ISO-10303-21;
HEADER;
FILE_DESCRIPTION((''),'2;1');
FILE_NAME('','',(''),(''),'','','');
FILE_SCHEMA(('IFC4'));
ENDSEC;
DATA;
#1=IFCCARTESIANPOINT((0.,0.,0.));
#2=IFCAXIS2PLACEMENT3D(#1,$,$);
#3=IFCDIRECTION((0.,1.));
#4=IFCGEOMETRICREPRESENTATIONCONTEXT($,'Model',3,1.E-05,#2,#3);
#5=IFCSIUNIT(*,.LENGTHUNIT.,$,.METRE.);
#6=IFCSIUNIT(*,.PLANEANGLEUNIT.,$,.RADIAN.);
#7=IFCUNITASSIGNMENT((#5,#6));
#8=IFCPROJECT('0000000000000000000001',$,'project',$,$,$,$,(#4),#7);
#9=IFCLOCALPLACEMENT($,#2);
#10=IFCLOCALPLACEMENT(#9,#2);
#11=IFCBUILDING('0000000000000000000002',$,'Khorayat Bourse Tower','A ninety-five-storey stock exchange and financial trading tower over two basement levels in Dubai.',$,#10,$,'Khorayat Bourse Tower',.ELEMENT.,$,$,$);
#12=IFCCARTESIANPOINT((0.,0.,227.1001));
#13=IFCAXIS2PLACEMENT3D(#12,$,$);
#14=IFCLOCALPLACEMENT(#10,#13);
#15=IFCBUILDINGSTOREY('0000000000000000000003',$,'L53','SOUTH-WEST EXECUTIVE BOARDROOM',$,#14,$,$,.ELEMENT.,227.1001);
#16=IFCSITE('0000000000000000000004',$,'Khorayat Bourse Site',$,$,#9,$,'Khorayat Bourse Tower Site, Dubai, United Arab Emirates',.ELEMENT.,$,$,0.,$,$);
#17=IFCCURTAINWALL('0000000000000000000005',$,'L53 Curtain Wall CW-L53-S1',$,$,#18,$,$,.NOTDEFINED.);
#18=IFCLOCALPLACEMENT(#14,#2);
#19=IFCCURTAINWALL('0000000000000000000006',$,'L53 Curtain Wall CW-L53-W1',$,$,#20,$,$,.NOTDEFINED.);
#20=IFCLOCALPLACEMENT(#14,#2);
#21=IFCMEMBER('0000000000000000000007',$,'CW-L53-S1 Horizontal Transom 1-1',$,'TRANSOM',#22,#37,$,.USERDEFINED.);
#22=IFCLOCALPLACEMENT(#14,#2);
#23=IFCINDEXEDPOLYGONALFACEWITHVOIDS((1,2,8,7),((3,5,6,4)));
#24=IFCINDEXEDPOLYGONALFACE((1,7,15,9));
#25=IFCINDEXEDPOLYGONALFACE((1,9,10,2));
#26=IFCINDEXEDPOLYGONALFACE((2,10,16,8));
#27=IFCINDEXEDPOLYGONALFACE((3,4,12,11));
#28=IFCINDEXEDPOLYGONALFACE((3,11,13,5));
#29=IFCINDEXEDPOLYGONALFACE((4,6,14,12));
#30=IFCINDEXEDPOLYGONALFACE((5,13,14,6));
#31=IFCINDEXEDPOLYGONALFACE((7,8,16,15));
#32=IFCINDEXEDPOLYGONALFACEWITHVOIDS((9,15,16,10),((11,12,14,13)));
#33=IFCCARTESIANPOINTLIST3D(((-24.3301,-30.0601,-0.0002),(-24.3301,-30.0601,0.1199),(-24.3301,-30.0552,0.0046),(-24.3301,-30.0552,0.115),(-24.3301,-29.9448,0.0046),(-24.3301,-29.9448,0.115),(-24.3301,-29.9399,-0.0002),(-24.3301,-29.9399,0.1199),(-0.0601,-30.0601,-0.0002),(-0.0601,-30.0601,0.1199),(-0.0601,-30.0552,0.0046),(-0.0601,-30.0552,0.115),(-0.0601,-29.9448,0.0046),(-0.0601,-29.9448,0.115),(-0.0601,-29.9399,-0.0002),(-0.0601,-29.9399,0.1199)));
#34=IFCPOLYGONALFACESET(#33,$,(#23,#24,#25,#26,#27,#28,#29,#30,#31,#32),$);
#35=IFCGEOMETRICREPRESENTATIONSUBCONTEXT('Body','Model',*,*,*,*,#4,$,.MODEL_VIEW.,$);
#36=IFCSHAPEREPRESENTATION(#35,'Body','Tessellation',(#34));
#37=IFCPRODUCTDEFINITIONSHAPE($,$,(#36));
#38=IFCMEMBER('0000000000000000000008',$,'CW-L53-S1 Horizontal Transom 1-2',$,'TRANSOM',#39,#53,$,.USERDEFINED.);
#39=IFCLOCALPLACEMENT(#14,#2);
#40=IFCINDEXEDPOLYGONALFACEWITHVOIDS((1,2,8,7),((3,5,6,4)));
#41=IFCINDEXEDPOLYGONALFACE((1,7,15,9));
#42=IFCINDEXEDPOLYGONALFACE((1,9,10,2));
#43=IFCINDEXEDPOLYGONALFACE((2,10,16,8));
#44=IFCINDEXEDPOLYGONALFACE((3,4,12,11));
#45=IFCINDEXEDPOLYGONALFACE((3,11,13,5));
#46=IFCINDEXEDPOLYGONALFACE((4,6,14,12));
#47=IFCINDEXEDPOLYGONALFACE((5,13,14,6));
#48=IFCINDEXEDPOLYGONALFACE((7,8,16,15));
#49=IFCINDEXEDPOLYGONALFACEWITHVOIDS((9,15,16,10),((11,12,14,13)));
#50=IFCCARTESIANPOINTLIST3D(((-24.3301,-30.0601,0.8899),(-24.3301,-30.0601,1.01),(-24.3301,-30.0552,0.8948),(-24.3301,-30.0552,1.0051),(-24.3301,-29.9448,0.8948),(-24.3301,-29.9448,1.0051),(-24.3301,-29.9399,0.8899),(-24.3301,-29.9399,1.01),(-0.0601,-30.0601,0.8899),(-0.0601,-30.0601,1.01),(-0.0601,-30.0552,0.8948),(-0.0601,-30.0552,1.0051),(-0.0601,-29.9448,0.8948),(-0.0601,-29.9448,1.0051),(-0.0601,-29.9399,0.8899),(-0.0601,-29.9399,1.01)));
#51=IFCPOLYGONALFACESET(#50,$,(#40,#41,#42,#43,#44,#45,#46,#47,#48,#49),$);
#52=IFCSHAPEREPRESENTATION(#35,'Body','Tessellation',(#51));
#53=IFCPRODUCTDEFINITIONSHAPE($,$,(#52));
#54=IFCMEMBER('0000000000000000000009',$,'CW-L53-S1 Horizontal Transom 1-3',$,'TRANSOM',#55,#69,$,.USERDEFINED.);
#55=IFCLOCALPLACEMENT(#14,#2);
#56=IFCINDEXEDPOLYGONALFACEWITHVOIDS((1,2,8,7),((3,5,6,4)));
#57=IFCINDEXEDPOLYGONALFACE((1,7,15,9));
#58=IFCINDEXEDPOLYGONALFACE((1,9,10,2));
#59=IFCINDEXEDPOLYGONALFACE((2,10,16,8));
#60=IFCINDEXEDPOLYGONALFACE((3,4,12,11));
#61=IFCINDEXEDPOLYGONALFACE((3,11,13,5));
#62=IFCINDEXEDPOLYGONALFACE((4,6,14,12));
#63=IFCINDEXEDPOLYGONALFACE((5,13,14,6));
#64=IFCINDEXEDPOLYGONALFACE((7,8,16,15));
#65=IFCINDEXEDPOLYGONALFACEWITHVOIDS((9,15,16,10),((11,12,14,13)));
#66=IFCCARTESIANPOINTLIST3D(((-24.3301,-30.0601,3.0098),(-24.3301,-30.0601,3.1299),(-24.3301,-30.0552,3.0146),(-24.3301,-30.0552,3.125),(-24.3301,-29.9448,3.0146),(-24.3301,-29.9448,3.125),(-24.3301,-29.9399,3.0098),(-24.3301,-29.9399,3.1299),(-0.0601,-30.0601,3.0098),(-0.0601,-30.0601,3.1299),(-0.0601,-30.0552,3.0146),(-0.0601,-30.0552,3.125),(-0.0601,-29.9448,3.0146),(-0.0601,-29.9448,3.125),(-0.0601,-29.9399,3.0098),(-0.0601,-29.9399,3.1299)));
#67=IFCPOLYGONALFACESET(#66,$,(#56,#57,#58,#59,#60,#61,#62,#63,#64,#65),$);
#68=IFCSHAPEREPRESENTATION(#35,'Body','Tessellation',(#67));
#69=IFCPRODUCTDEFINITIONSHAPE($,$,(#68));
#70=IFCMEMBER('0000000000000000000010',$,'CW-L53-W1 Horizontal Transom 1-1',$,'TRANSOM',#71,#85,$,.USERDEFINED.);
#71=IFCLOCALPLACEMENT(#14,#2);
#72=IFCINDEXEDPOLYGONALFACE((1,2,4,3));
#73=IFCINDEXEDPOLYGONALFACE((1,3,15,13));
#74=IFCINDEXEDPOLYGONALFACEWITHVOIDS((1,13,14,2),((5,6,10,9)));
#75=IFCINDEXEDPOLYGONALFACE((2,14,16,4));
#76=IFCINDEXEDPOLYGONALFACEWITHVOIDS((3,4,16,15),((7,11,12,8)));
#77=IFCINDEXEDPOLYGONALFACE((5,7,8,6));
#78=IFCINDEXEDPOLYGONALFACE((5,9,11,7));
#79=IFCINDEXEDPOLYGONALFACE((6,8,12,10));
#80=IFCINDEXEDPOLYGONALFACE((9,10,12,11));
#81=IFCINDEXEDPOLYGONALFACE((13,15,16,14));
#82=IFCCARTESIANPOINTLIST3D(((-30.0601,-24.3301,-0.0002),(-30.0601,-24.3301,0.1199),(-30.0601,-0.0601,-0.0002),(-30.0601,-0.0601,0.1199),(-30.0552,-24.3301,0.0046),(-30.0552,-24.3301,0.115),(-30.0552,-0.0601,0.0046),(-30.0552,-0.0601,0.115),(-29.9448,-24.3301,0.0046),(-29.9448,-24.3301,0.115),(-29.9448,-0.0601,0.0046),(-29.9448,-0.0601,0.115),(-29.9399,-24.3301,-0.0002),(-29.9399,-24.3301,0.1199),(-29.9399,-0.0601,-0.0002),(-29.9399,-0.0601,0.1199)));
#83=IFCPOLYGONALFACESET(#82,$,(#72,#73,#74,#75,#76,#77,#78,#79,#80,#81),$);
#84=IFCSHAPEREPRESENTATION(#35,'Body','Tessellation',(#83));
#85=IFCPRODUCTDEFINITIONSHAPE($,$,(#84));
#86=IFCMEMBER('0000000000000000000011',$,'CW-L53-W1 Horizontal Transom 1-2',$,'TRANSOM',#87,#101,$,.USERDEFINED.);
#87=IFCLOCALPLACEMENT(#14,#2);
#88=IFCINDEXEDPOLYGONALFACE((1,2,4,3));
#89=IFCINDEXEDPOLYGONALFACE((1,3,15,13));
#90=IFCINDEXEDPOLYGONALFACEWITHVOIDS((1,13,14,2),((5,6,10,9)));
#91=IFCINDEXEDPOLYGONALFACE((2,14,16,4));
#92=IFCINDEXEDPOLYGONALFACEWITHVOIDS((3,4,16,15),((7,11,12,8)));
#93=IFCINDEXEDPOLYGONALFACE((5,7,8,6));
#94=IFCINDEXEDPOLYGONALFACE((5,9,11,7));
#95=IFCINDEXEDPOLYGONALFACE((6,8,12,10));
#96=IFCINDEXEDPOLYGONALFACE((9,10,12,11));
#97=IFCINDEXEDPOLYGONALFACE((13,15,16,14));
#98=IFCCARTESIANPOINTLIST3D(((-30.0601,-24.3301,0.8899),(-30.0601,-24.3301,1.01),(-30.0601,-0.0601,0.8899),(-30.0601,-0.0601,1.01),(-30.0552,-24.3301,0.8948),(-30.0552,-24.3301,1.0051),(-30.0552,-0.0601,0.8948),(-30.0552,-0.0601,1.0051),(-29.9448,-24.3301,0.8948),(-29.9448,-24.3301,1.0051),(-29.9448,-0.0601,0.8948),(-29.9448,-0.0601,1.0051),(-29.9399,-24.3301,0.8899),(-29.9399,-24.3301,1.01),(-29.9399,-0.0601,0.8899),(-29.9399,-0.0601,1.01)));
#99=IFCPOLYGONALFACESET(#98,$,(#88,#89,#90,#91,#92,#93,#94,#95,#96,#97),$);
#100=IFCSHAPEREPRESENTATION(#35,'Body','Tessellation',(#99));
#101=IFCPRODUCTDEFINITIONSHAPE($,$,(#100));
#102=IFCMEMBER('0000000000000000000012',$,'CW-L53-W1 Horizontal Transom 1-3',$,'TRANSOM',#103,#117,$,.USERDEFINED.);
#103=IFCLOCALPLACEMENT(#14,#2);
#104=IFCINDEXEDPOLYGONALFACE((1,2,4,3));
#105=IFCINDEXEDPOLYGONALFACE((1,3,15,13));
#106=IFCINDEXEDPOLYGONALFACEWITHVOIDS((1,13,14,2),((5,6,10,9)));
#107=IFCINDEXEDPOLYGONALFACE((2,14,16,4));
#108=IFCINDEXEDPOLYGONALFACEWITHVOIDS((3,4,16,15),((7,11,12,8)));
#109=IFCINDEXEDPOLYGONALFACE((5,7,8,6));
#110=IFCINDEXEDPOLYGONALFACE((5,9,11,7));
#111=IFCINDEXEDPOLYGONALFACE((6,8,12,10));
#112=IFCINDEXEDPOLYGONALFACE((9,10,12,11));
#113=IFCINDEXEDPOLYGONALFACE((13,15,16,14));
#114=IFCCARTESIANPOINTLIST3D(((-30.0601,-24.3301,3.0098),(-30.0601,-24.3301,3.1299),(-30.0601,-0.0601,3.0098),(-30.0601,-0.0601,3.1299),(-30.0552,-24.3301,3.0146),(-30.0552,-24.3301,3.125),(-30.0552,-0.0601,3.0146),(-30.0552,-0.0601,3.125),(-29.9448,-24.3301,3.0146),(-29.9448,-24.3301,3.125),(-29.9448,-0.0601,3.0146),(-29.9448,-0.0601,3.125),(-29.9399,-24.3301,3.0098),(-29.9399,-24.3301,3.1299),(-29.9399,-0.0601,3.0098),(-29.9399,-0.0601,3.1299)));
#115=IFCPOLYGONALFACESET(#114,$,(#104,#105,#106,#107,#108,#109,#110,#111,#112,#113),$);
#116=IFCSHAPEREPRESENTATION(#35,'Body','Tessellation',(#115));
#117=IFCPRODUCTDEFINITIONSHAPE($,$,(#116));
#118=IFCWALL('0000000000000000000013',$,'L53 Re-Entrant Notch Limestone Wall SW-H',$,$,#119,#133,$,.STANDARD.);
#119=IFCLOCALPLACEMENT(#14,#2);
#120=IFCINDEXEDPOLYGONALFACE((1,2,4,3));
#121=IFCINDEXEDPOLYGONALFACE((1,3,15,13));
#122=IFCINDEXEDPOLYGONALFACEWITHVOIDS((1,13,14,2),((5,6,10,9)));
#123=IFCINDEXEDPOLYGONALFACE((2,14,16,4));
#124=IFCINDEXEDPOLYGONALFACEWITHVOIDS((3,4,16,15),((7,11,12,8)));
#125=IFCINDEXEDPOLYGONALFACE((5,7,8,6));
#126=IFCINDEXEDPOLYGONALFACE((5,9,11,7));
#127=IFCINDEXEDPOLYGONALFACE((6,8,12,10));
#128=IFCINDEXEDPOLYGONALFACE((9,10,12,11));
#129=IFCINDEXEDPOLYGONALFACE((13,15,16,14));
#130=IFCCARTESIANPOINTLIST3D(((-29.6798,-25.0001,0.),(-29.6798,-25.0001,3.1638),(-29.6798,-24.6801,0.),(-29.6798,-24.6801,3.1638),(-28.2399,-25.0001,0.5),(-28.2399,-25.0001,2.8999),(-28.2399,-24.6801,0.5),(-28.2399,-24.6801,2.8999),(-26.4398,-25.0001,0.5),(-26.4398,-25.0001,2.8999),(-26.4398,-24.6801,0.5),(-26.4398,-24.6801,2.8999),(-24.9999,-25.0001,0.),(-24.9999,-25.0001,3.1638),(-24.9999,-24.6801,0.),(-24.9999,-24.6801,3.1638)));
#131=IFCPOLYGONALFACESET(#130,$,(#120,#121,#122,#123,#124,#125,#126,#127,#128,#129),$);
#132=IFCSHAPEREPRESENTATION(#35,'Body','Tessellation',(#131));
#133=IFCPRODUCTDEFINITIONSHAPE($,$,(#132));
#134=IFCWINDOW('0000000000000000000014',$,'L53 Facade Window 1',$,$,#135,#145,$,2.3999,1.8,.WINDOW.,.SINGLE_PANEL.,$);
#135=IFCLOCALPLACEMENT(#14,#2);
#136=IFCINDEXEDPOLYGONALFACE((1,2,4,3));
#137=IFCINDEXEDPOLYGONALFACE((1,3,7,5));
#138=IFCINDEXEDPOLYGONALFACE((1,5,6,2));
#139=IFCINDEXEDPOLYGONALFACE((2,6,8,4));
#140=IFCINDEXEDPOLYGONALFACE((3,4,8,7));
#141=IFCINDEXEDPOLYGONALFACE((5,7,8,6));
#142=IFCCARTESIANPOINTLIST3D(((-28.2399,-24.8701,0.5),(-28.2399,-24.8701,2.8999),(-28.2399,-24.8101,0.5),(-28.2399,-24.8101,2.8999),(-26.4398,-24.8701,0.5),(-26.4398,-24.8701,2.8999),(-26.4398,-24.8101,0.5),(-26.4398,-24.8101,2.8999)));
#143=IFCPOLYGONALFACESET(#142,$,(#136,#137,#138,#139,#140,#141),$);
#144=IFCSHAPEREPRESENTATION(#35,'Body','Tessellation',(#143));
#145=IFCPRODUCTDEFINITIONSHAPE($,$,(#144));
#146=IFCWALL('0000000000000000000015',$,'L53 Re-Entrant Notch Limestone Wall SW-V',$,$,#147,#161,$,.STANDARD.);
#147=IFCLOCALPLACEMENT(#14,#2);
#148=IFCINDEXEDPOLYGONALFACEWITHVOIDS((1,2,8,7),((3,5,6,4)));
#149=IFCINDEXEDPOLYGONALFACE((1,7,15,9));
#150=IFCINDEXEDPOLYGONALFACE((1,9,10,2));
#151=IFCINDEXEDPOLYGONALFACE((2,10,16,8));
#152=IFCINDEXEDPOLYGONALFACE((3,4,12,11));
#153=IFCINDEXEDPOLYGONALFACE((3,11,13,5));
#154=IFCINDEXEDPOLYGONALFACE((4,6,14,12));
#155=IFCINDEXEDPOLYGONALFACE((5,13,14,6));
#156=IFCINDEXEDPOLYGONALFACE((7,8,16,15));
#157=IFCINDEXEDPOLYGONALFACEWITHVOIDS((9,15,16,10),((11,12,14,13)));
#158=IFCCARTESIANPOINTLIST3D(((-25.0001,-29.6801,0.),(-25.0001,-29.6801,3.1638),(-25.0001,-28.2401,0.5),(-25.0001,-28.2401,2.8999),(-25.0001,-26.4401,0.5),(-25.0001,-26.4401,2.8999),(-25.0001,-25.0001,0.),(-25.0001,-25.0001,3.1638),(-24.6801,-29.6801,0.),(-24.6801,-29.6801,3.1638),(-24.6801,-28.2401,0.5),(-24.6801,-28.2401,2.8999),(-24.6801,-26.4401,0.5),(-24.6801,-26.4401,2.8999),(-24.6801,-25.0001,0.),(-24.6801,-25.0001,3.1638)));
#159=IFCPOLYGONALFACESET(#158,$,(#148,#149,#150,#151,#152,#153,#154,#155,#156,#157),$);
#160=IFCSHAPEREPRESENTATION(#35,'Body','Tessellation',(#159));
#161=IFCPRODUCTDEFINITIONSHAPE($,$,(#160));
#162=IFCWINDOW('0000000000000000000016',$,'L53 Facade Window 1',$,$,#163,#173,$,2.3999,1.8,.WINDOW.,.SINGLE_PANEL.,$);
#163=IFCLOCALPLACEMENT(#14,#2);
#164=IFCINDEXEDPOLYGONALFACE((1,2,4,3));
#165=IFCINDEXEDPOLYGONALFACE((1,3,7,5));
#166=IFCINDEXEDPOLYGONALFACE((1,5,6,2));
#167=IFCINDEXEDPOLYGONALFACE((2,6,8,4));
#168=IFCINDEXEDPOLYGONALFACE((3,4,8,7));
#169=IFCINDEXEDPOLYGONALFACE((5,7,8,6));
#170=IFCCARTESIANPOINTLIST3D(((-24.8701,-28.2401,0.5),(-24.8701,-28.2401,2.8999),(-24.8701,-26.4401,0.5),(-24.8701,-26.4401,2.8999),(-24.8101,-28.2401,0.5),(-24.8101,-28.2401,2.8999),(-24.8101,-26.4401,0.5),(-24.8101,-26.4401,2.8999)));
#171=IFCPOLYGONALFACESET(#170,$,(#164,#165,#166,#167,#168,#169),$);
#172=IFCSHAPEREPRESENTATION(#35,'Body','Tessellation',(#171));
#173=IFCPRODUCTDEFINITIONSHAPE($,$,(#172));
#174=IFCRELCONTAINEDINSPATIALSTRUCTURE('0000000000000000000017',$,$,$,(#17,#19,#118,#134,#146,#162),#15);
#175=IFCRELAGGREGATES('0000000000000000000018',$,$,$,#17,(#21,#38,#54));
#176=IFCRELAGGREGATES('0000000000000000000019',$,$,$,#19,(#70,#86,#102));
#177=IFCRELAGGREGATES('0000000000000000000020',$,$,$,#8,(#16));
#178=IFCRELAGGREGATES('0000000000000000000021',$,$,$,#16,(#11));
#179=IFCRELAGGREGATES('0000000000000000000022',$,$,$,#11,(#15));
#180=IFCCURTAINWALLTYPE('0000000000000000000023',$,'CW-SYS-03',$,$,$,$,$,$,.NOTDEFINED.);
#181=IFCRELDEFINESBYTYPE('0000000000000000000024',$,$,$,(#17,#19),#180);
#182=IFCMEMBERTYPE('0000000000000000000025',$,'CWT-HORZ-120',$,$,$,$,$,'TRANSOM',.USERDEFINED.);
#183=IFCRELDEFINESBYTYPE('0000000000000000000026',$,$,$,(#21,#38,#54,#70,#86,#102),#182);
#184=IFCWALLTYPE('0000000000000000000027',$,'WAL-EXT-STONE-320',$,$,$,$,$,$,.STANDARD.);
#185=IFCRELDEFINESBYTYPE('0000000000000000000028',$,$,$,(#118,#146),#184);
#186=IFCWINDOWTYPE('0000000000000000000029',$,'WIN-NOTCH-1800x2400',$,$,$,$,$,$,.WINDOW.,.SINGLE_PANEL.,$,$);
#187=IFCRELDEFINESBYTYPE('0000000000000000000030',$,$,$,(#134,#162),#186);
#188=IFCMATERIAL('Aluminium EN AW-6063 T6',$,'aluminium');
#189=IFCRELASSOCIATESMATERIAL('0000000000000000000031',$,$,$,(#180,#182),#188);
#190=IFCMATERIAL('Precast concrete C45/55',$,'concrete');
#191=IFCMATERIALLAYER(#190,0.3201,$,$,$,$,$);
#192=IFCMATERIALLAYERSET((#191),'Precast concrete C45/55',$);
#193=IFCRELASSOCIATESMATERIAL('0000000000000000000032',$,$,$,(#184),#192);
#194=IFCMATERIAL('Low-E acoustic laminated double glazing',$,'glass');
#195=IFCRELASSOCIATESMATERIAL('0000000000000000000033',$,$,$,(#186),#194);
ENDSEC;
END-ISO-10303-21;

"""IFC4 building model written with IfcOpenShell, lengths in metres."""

from ifc_helpers import new_model, si_unit, direction, frame, frame_2d, origin, origin_2d, place, context, subcontext, project, spatial, rectangle, hollow_rectangle, extrude, source, transform, mapped, material, layer, layer_set, material_profile, profile_set, type_object, element, fill, aggregate, save


model = new_model("IFC4")

# Units and contexts
model_context = context("Model", 3, precision=1e-05, world=origin(), true_north=direction((0.0, 1.0)))
body_context = subcontext(model_context, "Body", "Model", "MODEL_VIEW")
ifc_project = project(units=[si_unit("LENGTHUNIT", "METRE"), si_unit("PLANEANGLEUNIT", "RADIAN")], contexts=[model_context])

# Site, building, storey
site_placement = place(None, origin())
site = spatial("IfcSite", under=ifc_project, at=site_placement, Name="Khorayat Bourse Site", LongName="Khorayat Bourse Tower Site, Dubai, United Arab Emirates", CompositionType="ELEMENT", RefElevation=0.0)
building_placement = place(site_placement, origin())
building = spatial("IfcBuilding", under=site, at=building_placement, Name="Khorayat Bourse Tower", Description="A ninety-five-storey stock exchange and financial trading tower over two basement levels in Dubai.", LongName="Khorayat Bourse Tower", CompositionType="ELEMENT")
storey_placement = place(building_placement, frame((0.0, 0.0, 227.1001)))
storey = spatial("IfcBuildingStorey", under=building, at=storey_placement, Name="L53", Description="SOUTH-WEST EXECUTIVE BOARDROOM", CompositionType="ELEMENT", Elevation=227.1001)

# Curtain walls
ifc_material_1 = material(Name="Aluminium EN AW-6063 T6", Category="aluminium")
curtain_wall_type = type_object("IfcCurtainWallType", Name="CW-SYS-03", PredefinedType="NOTDEFINED", material=ifc_material_1)
curtain_wall_1_placement = place(storey_placement, origin())
curtain_wall_1 = element("IfcCurtainWall", 1, at=curtain_wall_1_placement, inside=storey, type_object=curtain_wall_type, Name="L53 Curtain Wall CW-L53-S1", PredefinedType="NOTDEFINED")
curtain_wall_2_placement = place(storey_placement, origin())
curtain_wall_2 = element("IfcCurtainWall", 2, at=curtain_wall_2_placement, inside=storey, type_object=curtain_wall_type, Name="L53 Curtain Wall CW-L53-W1", PredefinedType="NOTDEFINED")

# Members
ifc_material_profile_1 = material_profile(ifc_material_1, hollow_rectangle(XDim=0.1201, YDim=0.1201, WallThickness=0.0049, at=origin_2d()), Name="ALU 120x120x5")
ifc_profile_set_1 = profile_set([ifc_material_profile_1], Name="Aluminium EN AW-6063 T6")
member_type_1 = type_object("IfcMemberType", Name="CWT-HORZ-120", ElementType="TRANSOM", PredefinedType="USERDEFINED", material=ifc_profile_set_1)
shared_shape_1 = source(origin(), body_context, "Body", "SweptSolid", [
    extrude(hollow_rectangle(XDim=0.1201, YDim=0.1201, WallThickness=0.0049, at=origin_2d()), origin(), (0.0, 0.0, 1.0), 24.27),
])
member_1_placement = place(storey_placement, frame((-24.3301, -30.0, 0.0598), z_axis=(1.0, 0.0, 0.0), x_axis=(0.0, 1.0, 0.0)))
member_1 = element("IfcMember", 3, at=member_1_placement, type_object=member_type_1, Name="CW-L53-S1 Horizontal Transom 1-1", ObjectType="TRANSOM", PredefinedType="USERDEFINED", context=body_context, shape_type="MappedRepresentation", body=[
    mapped(shared_shape_1, transform((0.0, 0.0, 0.0), scale=1.0)),
])
member_2_placement = place(storey_placement, frame((-24.3301, -30.0, 0.95), z_axis=(1.0, 0.0, 0.0), x_axis=(0.0, 1.0, 0.0)))
member_2 = element("IfcMember", 4, at=member_2_placement, type_object=member_type_1, Name="CW-L53-S1 Horizontal Transom 1-2", ObjectType="TRANSOM", PredefinedType="USERDEFINED", context=body_context, shape_type="MappedRepresentation", body=[
    mapped(shared_shape_1, transform((0.0, 0.0, 0.0), scale=1.0)),
])
member_3_placement = place(storey_placement, frame((-24.3301, -30.0, 3.0698), z_axis=(1.0, 0.0, 0.0), x_axis=(0.0, 1.0, 0.0)))
member_3 = element("IfcMember", 5, at=member_3_placement, type_object=member_type_1, Name="CW-L53-S1 Horizontal Transom 1-3", ObjectType="TRANSOM", PredefinedType="USERDEFINED", context=body_context, shape_type="MappedRepresentation", body=[
    mapped(shared_shape_1, transform((0.0, 0.0, 0.0), scale=1.0)),
])
aggregate(curtain_wall_1, [member_1, member_2, member_3])
member_4_placement = place(storey_placement, frame((-30.0, -24.3301, 0.0598), z_axis=(0.0, 1.0, 0.0), x_axis=(-1.0, 0.0, 0.0)))
member_4 = element("IfcMember", 6, at=member_4_placement, type_object=member_type_1, Name="CW-L53-W1 Horizontal Transom 1-1", ObjectType="TRANSOM", PredefinedType="USERDEFINED", context=body_context, shape_type="MappedRepresentation", body=[
    mapped(shared_shape_1, transform((0.0, 0.0, 0.0), scale=1.0)),
])
member_5_placement = place(storey_placement, frame((-30.0, -24.3301, 0.95), z_axis=(0.0, 1.0, 0.0), x_axis=(-1.0, 0.0, 0.0)))
member_5 = element("IfcMember", 7, at=member_5_placement, type_object=member_type_1, Name="CW-L53-W1 Horizontal Transom 1-2", ObjectType="TRANSOM", PredefinedType="USERDEFINED", context=body_context, shape_type="MappedRepresentation", body=[
    mapped(shared_shape_1, transform((0.0, 0.0, 0.0), scale=1.0)),
])
member_6_placement = place(storey_placement, frame((-30.0, -24.3301, 3.0698), z_axis=(0.0, 1.0, 0.0), x_axis=(-1.0, 0.0, 0.0)))
member_6 = element("IfcMember", 8, at=member_6_placement, type_object=member_type_1, Name="CW-L53-W1 Horizontal Transom 1-3", ObjectType="TRANSOM", PredefinedType="USERDEFINED", context=body_context, shape_type="MappedRepresentation", body=[
    mapped(shared_shape_1, transform((0.0, 0.0, 0.0), scale=1.0)),
])
aggregate(curtain_wall_2, [member_4, member_5, member_6])

# Walls, openings, windows
ifc_material_2 = material(Name="Precast concrete C45/55", Category="concrete")
ifc_layer = layer(ifc_material_2, 0.3201)
ifc_layer_set = layer_set([ifc_layer], Name="Precast concrete C45/55")
wall_type = type_object("IfcWallType", Name="WAL-EXT-STONE-320", PredefinedType="STANDARD", material=ifc_layer_set)
shared_shape_2 = source(origin(), body_context, "Body", "SweptSolid", [
    extrude(rectangle(XDim=4.6799, YDim=0.3201, at=frame_2d((2.3398, 0.0))), origin(), (0.0, 0.0, 1.0), 3.1638),
])
wall_1_placement = place(storey_placement, frame((-25.0, -24.8401, 0.0), z_axis=(0.0, 0.0, 1.0), x_axis=(-1.0, 0.0, 0.0)))
wall_1 = element("IfcWall", 9, at=wall_1_placement, inside=storey, type_object=wall_type, Name="L53 Re-Entrant Notch Limestone Wall SW-H", PredefinedType="STANDARD", context=body_context, shape_type="MappedRepresentation", body=[
    mapped(shared_shape_2, transform((0.0, 0.0, 0.0), scale=1.0)),
])
shared_shape_3 = source(origin(), body_context, "Body", "SweptSolid", [
    extrude(rectangle(XDim=1.8, YDim=2.3999, at=frame_2d((0.8999, 1.2))), frame((0.0, 0.1699, 0.0), z_axis=(0.0, -1.0, 0.0), x_axis=(1.0, 0.0, 0.0)), (0.0, 0.0, 1.0), 0.3401),
])
opening_1_placement = place(wall_1_placement, frame((1.4399, 0.0, 0.5)))
opening_1 = element("IfcOpeningElement", 10, at=opening_1_placement, cuts=wall_1, PredefinedType="OPENING", context=body_context, shape_type="MappedRepresentation", body=[
    mapped(shared_shape_3, transform((0.0, 0.0, 0.0), scale=1.0)),
])
ifc_material_3 = material(Name="Low-E acoustic laminated double glazing", Category="glass")
window_type = type_object("IfcWindowType", Name="WIN-NOTCH-1800x2400", PartitioningType="SINGLE_PANEL", PredefinedType="WINDOW", material=ifc_material_3)
shared_shape_4 = source(origin(), body_context, "Body", "SweptSolid", [
    extrude(rectangle(XDim=1.8, YDim=2.3999, at=frame_2d((0.8999, 1.2))), frame((0.0, 0.03, 0.0), z_axis=(0.0, -1.0, 0.0), x_axis=(1.0, 0.0, 0.0)), (0.0, 0.0, 1.0), 0.0601),
])
window_1_placement = place(opening_1_placement, origin())
window_1 = element("IfcWindow", 11, at=window_1_placement, inside=storey, type_object=window_type, Name="L53 Facade Window 1", OverallHeight=2.3999, OverallWidth=1.8, PartitioningType="SINGLE_PANEL", PredefinedType="WINDOW", context=body_context, shape_type="MappedRepresentation", body=[
    mapped(shared_shape_4, transform((0.0, 0.0, 0.0), scale=1.0)),
])
fill(opening_1, window_1)
wall_2_placement = place(storey_placement, frame((-24.8401, -29.6799, 0.0), z_axis=(0.0, 0.0, 1.0), x_axis=(0.0, 1.0, 0.0)))
wall_2 = element("IfcWall", 12, at=wall_2_placement, inside=storey, type_object=wall_type, Name="L53 Re-Entrant Notch Limestone Wall SW-V", PredefinedType="STANDARD", context=body_context, shape_type="MappedRepresentation", body=[
    mapped(shared_shape_2, transform((0.0, 0.0, 0.0), scale=1.0)),
])
opening_2_placement = place(wall_2_placement, frame((1.4399, 0.0, 0.5)))
opening_2 = element("IfcOpeningElement", 13, at=opening_2_placement, cuts=wall_2, PredefinedType="OPENING", context=body_context, shape_type="MappedRepresentation", body=[
    mapped(shared_shape_3, transform((0.0, 0.0, 0.0), scale=1.0)),
])
window_2_placement = place(opening_2_placement, origin())
window_2 = element("IfcWindow", 14, at=window_2_placement, inside=storey, type_object=window_type, Name="L53 Facade Window 1", OverallHeight=2.3999, OverallWidth=1.8, PartitioningType="SINGLE_PANEL", PredefinedType="WINDOW", context=body_context, shape_type="MappedRepresentation", body=[
    mapped(shared_shape_4, transform((0.0, 0.0, 0.0), scale=1.0)),
])
fill(opening_2, window_2)

save(model, "model.ifc")
